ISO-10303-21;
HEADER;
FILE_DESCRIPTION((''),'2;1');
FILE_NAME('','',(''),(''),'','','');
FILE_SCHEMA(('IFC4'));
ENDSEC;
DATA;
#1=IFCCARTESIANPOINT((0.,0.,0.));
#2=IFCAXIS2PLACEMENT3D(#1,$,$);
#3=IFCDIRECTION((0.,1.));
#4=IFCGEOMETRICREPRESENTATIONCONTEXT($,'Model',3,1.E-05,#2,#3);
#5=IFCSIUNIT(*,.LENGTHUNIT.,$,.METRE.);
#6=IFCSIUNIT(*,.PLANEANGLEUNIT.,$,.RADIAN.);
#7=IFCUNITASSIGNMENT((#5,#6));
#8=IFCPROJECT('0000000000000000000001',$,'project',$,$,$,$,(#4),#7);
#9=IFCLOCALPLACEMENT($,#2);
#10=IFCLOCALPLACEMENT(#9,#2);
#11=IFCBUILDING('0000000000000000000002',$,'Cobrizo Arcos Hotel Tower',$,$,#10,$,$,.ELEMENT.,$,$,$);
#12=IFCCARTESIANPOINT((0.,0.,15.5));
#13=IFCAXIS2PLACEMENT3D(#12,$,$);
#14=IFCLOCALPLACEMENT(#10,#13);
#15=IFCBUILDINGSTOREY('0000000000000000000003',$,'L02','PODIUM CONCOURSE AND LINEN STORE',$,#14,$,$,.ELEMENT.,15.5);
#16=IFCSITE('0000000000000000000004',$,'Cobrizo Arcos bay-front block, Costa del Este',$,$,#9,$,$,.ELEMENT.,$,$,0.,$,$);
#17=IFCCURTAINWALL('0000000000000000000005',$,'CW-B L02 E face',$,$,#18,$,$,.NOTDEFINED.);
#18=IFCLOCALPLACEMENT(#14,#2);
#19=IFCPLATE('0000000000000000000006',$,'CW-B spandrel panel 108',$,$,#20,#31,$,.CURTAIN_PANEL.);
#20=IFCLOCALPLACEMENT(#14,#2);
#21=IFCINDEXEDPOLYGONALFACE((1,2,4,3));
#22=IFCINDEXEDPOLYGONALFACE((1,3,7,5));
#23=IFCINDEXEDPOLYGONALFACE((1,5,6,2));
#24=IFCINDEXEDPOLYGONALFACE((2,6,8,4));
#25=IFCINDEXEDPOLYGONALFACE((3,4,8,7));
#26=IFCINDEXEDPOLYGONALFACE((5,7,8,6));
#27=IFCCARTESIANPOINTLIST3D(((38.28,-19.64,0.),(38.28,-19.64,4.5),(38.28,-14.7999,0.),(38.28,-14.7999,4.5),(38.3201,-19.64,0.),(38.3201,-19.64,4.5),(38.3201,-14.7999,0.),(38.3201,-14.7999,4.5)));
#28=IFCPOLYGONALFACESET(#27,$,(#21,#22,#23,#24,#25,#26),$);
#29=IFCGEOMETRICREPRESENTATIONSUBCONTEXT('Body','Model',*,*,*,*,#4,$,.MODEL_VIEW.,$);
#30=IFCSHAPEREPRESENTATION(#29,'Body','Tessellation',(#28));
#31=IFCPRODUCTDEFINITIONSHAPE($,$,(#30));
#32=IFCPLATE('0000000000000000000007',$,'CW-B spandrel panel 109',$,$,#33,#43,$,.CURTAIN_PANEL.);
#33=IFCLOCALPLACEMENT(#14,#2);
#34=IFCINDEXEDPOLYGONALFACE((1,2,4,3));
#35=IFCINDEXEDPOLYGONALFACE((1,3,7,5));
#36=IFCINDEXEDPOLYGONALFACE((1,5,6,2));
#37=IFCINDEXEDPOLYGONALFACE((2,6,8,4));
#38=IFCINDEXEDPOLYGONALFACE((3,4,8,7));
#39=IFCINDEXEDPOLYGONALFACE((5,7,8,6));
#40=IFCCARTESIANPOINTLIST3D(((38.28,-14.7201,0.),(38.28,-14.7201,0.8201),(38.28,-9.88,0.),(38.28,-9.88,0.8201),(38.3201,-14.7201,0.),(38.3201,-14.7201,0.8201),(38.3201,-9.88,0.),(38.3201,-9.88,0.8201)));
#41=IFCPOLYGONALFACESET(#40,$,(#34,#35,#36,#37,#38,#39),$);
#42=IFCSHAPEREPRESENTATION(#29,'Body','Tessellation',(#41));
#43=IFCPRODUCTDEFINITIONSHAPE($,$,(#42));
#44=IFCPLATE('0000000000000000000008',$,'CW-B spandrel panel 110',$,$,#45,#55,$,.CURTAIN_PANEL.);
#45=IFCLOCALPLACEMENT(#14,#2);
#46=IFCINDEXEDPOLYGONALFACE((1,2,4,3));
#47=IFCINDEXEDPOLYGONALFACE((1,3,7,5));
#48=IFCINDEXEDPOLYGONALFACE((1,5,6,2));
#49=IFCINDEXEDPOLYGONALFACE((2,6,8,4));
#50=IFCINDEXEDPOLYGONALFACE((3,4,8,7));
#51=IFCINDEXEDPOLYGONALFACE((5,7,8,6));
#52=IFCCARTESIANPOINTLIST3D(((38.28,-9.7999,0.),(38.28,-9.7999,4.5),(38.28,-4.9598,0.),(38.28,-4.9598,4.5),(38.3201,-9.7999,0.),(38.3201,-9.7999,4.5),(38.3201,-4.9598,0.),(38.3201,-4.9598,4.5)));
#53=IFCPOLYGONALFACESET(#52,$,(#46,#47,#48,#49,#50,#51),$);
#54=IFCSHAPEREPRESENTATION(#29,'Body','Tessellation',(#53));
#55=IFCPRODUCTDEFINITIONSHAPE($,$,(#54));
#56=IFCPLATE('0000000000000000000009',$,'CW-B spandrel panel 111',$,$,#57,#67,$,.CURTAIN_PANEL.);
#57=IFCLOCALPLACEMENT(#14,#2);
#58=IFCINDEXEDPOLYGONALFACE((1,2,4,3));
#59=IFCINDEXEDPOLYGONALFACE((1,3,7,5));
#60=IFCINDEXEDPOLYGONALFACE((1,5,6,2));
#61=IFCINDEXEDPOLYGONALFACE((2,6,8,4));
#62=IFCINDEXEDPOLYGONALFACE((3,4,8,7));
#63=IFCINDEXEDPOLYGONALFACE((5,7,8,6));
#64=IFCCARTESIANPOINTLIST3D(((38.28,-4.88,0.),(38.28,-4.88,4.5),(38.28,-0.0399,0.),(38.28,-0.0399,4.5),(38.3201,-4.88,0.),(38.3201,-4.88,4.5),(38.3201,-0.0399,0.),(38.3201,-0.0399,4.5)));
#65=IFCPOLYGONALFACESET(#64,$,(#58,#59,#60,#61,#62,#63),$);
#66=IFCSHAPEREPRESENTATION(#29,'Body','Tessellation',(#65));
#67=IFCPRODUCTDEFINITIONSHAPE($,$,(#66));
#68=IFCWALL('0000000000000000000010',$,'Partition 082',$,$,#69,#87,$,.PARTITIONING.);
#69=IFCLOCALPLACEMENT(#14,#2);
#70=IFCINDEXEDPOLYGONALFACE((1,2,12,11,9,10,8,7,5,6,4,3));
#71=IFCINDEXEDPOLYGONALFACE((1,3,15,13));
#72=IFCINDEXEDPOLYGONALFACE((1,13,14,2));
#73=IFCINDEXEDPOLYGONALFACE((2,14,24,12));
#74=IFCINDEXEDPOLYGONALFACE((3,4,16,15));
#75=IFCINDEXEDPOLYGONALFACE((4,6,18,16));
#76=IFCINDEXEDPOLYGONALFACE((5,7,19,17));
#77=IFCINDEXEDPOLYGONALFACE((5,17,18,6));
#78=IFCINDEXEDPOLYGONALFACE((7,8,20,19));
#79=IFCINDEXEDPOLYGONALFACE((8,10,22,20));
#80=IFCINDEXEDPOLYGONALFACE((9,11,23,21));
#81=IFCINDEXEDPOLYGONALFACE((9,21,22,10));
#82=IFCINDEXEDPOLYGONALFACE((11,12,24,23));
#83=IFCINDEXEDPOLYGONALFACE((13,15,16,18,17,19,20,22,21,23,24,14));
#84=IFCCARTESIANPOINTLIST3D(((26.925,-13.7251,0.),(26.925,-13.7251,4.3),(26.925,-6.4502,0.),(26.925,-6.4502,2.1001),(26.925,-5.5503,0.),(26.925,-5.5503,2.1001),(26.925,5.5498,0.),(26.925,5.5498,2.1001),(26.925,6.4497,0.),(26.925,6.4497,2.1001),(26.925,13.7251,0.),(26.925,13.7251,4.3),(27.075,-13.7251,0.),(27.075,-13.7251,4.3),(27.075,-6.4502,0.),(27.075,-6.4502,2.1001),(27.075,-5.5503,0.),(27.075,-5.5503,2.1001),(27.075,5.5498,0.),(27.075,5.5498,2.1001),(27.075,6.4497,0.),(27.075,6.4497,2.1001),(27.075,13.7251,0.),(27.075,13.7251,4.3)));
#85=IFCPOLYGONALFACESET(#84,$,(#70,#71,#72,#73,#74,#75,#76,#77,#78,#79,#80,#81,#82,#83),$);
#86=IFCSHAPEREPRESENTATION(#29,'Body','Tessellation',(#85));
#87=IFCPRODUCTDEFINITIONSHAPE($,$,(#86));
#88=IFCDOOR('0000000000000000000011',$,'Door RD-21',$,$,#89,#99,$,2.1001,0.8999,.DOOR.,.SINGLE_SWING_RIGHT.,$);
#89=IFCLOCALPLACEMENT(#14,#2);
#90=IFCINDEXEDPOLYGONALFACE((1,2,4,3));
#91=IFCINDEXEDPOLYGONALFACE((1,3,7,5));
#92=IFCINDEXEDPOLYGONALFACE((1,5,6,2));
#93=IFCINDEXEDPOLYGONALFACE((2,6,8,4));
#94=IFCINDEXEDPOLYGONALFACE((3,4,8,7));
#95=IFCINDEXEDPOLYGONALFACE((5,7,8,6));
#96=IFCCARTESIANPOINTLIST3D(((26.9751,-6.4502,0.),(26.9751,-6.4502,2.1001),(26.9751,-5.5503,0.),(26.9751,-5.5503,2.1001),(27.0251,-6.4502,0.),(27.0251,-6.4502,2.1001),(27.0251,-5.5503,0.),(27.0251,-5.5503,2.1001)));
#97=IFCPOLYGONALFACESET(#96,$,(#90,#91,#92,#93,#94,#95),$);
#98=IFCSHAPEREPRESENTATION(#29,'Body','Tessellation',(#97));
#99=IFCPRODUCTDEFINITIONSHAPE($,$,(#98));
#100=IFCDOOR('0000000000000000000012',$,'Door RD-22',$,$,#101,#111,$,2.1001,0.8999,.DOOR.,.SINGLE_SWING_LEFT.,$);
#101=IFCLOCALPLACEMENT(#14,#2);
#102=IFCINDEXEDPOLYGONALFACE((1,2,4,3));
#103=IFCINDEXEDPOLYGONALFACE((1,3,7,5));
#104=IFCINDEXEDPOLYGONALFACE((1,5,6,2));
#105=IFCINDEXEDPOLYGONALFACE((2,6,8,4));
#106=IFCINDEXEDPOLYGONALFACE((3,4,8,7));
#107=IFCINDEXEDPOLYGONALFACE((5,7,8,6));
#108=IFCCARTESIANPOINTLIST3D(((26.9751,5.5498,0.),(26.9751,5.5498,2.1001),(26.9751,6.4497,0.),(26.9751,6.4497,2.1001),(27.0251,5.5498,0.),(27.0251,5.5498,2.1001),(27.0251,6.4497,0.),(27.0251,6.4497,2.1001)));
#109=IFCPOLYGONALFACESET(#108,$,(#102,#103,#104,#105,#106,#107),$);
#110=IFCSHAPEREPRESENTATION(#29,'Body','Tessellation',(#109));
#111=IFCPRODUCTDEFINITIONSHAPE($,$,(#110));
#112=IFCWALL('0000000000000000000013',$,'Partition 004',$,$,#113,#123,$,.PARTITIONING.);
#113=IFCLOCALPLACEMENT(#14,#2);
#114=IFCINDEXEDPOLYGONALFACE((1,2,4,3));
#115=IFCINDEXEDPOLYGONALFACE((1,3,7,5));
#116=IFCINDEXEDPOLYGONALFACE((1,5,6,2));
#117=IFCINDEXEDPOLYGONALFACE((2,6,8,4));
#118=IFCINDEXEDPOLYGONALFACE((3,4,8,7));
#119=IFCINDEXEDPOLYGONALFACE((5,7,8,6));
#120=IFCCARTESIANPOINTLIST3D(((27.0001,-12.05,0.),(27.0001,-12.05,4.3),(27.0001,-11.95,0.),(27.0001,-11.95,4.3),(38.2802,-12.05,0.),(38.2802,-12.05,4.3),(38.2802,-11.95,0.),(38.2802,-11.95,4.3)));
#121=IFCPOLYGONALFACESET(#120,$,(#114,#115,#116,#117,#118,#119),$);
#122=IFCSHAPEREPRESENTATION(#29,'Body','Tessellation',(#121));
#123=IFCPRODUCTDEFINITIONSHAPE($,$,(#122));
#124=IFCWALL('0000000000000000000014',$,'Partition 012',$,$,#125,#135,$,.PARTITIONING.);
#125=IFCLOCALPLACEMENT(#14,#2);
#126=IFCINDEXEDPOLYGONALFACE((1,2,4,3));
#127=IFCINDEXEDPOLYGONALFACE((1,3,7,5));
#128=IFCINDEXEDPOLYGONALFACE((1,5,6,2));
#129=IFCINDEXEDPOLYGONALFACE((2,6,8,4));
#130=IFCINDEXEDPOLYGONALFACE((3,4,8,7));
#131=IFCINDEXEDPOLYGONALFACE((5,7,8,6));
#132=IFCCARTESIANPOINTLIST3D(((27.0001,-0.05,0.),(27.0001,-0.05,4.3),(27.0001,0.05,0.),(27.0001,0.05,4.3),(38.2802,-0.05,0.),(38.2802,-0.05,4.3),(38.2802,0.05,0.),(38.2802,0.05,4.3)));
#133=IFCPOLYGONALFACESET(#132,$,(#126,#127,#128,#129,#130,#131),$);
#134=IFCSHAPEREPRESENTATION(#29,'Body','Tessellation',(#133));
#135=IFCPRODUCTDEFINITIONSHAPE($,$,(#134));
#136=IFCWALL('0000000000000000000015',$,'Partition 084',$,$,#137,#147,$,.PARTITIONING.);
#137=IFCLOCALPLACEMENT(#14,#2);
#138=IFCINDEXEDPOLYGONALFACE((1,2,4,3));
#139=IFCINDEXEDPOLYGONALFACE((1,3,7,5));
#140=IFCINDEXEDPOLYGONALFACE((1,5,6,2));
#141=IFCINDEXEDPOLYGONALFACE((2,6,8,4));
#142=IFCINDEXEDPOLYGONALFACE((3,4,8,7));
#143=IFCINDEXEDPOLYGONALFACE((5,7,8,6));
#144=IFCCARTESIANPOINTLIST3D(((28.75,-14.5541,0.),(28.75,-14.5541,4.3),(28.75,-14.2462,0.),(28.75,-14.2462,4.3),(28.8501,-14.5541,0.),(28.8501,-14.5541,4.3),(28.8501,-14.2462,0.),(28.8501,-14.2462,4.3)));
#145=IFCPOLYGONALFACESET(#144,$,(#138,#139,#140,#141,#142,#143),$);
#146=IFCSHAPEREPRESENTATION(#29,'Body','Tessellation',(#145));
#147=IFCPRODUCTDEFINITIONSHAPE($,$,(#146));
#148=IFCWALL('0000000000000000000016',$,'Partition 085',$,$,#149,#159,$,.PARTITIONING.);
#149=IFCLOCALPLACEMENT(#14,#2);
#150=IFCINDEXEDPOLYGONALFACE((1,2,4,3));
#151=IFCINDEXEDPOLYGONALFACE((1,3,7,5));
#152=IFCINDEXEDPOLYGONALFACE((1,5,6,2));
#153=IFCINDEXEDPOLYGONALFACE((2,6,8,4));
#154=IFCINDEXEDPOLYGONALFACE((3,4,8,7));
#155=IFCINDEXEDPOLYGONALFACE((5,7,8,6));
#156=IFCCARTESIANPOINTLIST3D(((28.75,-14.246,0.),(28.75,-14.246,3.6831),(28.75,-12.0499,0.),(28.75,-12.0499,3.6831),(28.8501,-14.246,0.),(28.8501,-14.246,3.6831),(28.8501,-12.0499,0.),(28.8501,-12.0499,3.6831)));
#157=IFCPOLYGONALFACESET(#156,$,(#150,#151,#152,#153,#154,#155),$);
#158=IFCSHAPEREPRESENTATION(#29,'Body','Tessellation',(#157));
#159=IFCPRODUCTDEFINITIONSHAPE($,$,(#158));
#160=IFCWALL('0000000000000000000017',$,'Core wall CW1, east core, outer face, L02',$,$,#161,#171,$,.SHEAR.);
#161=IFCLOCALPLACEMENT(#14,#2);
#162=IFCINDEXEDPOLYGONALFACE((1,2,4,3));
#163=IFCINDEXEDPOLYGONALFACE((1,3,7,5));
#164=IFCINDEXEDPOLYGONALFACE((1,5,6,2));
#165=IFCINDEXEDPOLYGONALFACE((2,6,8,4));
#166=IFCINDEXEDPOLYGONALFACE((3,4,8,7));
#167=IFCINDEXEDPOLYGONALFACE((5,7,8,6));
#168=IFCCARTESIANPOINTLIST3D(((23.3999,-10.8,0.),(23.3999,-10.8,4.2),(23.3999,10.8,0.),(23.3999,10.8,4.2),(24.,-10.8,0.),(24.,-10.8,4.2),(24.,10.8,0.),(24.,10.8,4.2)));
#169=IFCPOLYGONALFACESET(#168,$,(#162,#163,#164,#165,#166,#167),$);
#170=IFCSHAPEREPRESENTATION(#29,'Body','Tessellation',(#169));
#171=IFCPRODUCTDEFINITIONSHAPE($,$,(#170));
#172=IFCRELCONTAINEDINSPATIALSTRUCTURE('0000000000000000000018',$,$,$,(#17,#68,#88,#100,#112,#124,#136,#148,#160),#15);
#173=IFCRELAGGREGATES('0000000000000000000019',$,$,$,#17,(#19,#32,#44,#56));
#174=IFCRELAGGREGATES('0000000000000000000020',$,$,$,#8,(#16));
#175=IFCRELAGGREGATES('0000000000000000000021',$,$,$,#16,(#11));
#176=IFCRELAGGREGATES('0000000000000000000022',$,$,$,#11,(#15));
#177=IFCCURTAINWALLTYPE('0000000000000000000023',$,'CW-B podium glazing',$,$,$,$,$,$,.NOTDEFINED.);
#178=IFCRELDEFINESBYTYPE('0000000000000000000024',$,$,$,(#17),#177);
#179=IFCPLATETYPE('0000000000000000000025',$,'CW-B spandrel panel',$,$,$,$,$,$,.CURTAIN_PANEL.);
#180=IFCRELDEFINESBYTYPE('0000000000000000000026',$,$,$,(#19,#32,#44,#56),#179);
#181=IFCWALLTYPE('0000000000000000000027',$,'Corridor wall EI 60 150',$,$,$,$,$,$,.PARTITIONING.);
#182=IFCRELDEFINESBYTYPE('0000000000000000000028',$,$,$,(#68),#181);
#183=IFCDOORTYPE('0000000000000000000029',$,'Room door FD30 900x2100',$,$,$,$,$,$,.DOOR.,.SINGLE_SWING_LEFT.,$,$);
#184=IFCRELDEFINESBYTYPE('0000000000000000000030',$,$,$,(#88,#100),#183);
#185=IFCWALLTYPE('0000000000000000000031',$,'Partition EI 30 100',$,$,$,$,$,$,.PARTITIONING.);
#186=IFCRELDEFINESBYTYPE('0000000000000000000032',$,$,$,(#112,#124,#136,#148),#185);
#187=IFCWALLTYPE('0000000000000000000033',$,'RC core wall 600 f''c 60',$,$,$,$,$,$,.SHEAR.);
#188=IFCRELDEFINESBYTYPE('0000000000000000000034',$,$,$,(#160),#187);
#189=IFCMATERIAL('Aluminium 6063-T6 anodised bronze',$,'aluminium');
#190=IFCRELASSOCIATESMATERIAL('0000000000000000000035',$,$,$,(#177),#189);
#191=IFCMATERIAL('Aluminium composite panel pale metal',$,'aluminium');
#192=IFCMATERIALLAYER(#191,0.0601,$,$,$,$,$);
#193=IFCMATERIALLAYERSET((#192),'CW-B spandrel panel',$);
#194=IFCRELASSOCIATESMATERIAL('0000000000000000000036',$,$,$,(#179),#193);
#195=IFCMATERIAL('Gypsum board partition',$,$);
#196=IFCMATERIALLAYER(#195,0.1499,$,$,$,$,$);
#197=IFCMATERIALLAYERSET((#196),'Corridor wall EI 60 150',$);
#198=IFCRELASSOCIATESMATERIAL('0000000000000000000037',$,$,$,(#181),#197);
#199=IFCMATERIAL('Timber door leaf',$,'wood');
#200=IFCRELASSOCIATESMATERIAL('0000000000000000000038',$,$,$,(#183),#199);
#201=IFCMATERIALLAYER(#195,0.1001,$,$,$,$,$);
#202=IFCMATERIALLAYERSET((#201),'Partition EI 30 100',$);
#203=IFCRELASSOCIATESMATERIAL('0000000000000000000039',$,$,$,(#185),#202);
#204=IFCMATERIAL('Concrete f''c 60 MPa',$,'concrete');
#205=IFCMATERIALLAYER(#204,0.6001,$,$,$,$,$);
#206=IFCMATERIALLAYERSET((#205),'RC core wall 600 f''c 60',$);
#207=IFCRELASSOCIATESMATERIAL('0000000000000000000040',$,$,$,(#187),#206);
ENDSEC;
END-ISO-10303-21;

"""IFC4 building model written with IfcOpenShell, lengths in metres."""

from ifc_helpers import new_model, si_unit, direction, frame, frame_2d, origin, origin_2d, place, context, subcontext, project, spatial, rectangle, extrude, material, layer, layer_set, type_object, element, fill, aggregate, save


model = new_model("IFC4")

# Units and contexts
model_context = context("Model", 3, precision=1e-05, world=origin(), true_north=direction((0.0, 1.0)))
body_context = subcontext(model_context, "Body", "Model", "MODEL_VIEW")
ifc_project = project(units=[si_unit("LENGTHUNIT", "METRE"), si_unit("PLANEANGLEUNIT", "RADIAN")], contexts=[model_context])

# Site, building, storey
site_placement = place(None, origin())
site = spatial("IfcSite", under=ifc_project, at=site_placement, Name="Cobrizo Arcos bay-front block, Costa del Este", CompositionType="ELEMENT", RefElevation=0.0)
building_placement = place(site_placement, origin())
building = spatial("IfcBuilding", under=site, at=building_placement, Name="Cobrizo Arcos Hotel Tower", CompositionType="ELEMENT")
storey_placement = place(building_placement, frame((0.0, 0.0, 15.5)))
storey = spatial("IfcBuildingStorey", under=building, at=storey_placement, Name="L02", Description="PODIUM CONCOURSE AND LINEN STORE", CompositionType="ELEMENT", Elevation=15.5)

# Curtain wall
ifc_material_1 = material(Name="Aluminium 6063-T6 anodised bronze", Category="aluminium")
curtain_wall_type = type_object("IfcCurtainWallType", Name="CW-B podium glazing", PredefinedType="NOTDEFINED", material=ifc_material_1)
curtain_wall_placement = place(storey_placement, origin())
curtain_wall = element("IfcCurtainWall", 1, at=curtain_wall_placement, inside=storey, type_object=curtain_wall_type, Name="CW-B L02 E face", PredefinedType="NOTDEFINED")

# Plates
ifc_material_2 = material(Name="Aluminium composite panel pale metal", Category="aluminium")
ifc_layer_1 = layer(ifc_material_2, 0.0601)
ifc_layer_set_1 = layer_set([ifc_layer_1], Name="CW-B spandrel panel")
plate_type_1 = type_object("IfcPlateType", Name="CW-B spandrel panel", PredefinedType="CURTAIN_PANEL", material=ifc_layer_set_1)
plate_1_placement = place(storey_placement, frame((38.3, -17.22, 0.0), z_axis=(0.0, 0.0, 1.0), x_axis=(0.0, 1.0, 0.0)))
plate_1 = element("IfcPlate", 2, at=plate_1_placement, type_object=plate_type_1, Name="CW-B spandrel panel 108", PredefinedType="CURTAIN_PANEL", context=body_context, shape_type="SweptSolid", body=[
    extrude(rectangle(XDim=4.8401, YDim=0.04, at=origin_2d()), origin(), (0.0, 0.0, 1.0), 4.5),
])
plate_2_placement = place(storey_placement, frame((38.3, -12.3, 0.0), z_axis=(0.0, 0.0, 1.0), x_axis=(0.0, 1.0, 0.0)))
plate_2 = element("IfcPlate", 3, at=plate_2_placement, type_object=plate_type_1, Name="CW-B spandrel panel 109", PredefinedType="CURTAIN_PANEL", context=body_context, shape_type="SweptSolid", body=[
    extrude(rectangle(XDim=4.8401, YDim=0.04, at=origin_2d()), origin(), (0.0, 0.0, 1.0), 0.8201),
])
plate_3_placement = place(storey_placement, frame((38.3, -7.3799, 0.0), z_axis=(0.0, 0.0, 1.0), x_axis=(0.0, 1.0, 0.0)))
plate_3 = element("IfcPlate", 4, at=plate_3_placement, type_object=plate_type_1, Name="CW-B spandrel panel 110", PredefinedType="CURTAIN_PANEL", context=body_context, shape_type="SweptSolid", body=[
    extrude(rectangle(XDim=4.8401, YDim=0.04, at=origin_2d()), origin(), (0.0, 0.0, 1.0), 4.5),
])
plate_4_placement = place(storey_placement, frame((38.3, -2.46, 0.0), z_axis=(0.0, 0.0, 1.0), x_axis=(0.0, 1.0, 0.0)))
plate_4 = element("IfcPlate", 5, at=plate_4_placement, type_object=plate_type_1, Name="CW-B spandrel panel 111", PredefinedType="CURTAIN_PANEL", context=body_context, shape_type="SweptSolid", body=[
    extrude(rectangle(XDim=4.8401, YDim=0.04, at=origin_2d()), origin(), (0.0, 0.0, 1.0), 4.5),
])
aggregate(curtain_wall, [plate_1, plate_2, plate_3, plate_4])

# Wall, openings, doors
ifc_material_3 = material(Name="Gypsum board partition")
ifc_layer_2 = layer(ifc_material_3, 0.1499)
ifc_layer_set_2 = layer_set([ifc_layer_2], Name="Corridor wall EI 60 150")
wall_type_1 = type_object("IfcWallType", Name="Corridor wall EI 60 150", PredefinedType="PARTITIONING", material=ifc_layer_set_2)
wall_1_placement = place(storey_placement, frame((27.0, -13.7251, 0.0), z_axis=(0.0, 0.0, 1.0), x_axis=(0.0, 1.0, 0.0)))
wall_1 = element("IfcWall", 6, at=wall_1_placement, inside=storey, type_object=wall_type_1, Name="Partition 082", PredefinedType="PARTITIONING", context=body_context, shape_type="SweptSolid", body=[
    extrude(rectangle(XDim=27.4502, YDim=0.1499, at=frame_2d((13.7251, 0.0))), origin(), (0.0, 0.0, 1.0), 4.3),
])
opening_1_placement = place(wall_1_placement, frame((7.2749, 0.0, 0.0)))
opening_1 = element("IfcOpeningElement", 7, at=opening_1_placement, cuts=wall_1, PredefinedType="OPENING", context=body_context, shape_type="SweptSolid", body=[
    extrude(rectangle(XDim=0.8999, YDim=2.1001, at=frame_2d((0.45, 1.05))), frame((0.0, 0.0869, 0.0), z_axis=(0.0, -1.0, 0.0), x_axis=(1.0, 0.0, 0.0)), (0.0, 0.0, 1.0), 0.1738),
])
opening_2_placement = place(wall_1_placement, frame((19.2749, 0.0, 0.0)))
opening_2 = element("IfcOpeningElement", 8, at=opening_2_placement, cuts=wall_1, PredefinedType="OPENING", context=body_context, shape_type="SweptSolid", body=[
    extrude(rectangle(XDim=0.8999, YDim=2.1001, at=frame_2d((0.45, 1.05))), frame((0.0, 0.0869, 0.0), z_axis=(0.0, -1.0, 0.0), x_axis=(1.0, 0.0, 0.0)), (0.0, 0.0, 1.0), 0.1738),
])
ifc_material_4 = material(Name="Timber door leaf", Category="wood")
door_type = type_object("IfcDoorType", Name="Room door FD30 900x2100", OperationType="SINGLE_SWING_LEFT", PredefinedType="DOOR", material=ifc_material_4)
door_1_placement = place(opening_1_placement, origin())
door_1 = element("IfcDoor", 9, at=door_1_placement, inside=storey, type_object=door_type, Name="Door RD-21", OperationType="SINGLE_SWING_RIGHT", OverallHeight=2.1001, OverallWidth=0.8999, PredefinedType="DOOR", context=body_context, shape_type="SweptSolid", body=[
    extrude(rectangle(XDim=0.8999, YDim=2.1001, at=frame_2d((0.45, 1.05))), frame((0.0, 0.0249, 0.0), z_axis=(0.0, -1.0, 0.0), x_axis=(1.0, 0.0, 0.0)), (0.0, 0.0, 1.0), 0.05),
])
fill(opening_1, door_1)
door_2_placement = place(opening_2_placement, origin())
door_2 = element("IfcDoor", 10, at=door_2_placement, inside=storey, type_object=door_type, Name="Door RD-22", OperationType="SINGLE_SWING_LEFT", OverallHeight=2.1001, OverallWidth=0.8999, PredefinedType="DOOR", context=body_context, shape_type="SweptSolid", body=[
    extrude(rectangle(XDim=0.8999, YDim=2.1001, at=frame_2d((0.45, 1.05))), frame((0.0, 0.0249, 0.0), z_axis=(0.0, -1.0, 0.0), x_axis=(1.0, 0.0, 0.0)), (0.0, 0.0, 1.0), 0.05),
])
fill(opening_2, door_2)

# Walls
ifc_layer_3 = layer(ifc_material_3, 0.1001)
ifc_layer_set_3 = layer_set([ifc_layer_3], Name="Partition EI 30 100")
wall_type_2 = type_object("IfcWallType", Name="Partition EI 30 100", PredefinedType="PARTITIONING", material=ifc_layer_set_3)
for number, where, z_axis, x_axis, name in (
    (11, (27.0, -12.0, 0.0), (0.0, 0.0, 1.0), (1.0, 0.0, 0.0), "Partition 004"),
    (12, (27.0, 0.0, 0.0), (0.0, 0.0, 1.0), (1.0, 0.0, 0.0), "Partition 012"),
):
    element("IfcWall", number, at=place(storey_placement, frame(where, z_axis=z_axis, x_axis=x_axis)), inside=storey, type_object=wall_type_2, Name=name, PredefinedType="PARTITIONING", context=body_context, shape_type="SweptSolid", body=[
        extrude(rectangle(XDim=11.28, YDim=0.1001, at=frame_2d((5.6401, 0.0))), origin(), (0.0, 0.0, 1.0), 4.3),
    ])
wall_2_placement = place(storey_placement, frame((28.8, -14.554, 0.0), z_axis=(0.0, 0.0, 1.0), x_axis=(0.0, 1.0, 0.0)))
element("IfcWall", 13, at=wall_2_placement, inside=storey, type_object=wall_type_2, Name="Partition 084", PredefinedType="PARTITIONING", context=body_context, shape_type="SweptSolid", body=[
    extrude(rectangle(XDim=0.3079, YDim=0.1001, at=frame_2d((0.1538, 0.0))), origin(), (0.0, 0.0, 1.0), 4.3),
])
wall_3_placement = place(storey_placement, frame((28.8, -14.2461, 0.0), z_axis=(0.0, 0.0, 1.0), x_axis=(0.0, 1.0, 0.0)))
element("IfcWall", 14, at=wall_3_placement, inside=storey, type_object=wall_type_2, Name="Partition 085", PredefinedType="PARTITIONING", context=body_context, shape_type="SweptSolid", body=[
    extrude(rectangle(XDim=2.196, YDim=0.1001, at=frame_2d((1.0981, 0.0))), origin(), (0.0, 0.0, 1.0), 3.6831),
])
ifc_material_5 = material(Name="Concrete f'c 60 MPa", Category="concrete")
ifc_layer_4 = layer(ifc_material_5, 0.6001)
ifc_layer_set_4 = layer_set([ifc_layer_4], Name="RC core wall 600 f'c 60")
wall_type_3 = type_object("IfcWallType", Name="RC core wall 600 f'c 60", PredefinedType="SHEAR", material=ifc_layer_set_4)
wall_4_placement = place(storey_placement, frame((23.7, -10.8, 0.0), z_axis=(0.0, 0.0, 1.0), x_axis=(0.0, 1.0, 0.0)))
element("IfcWall", 15, at=wall_4_placement, inside=storey, type_object=wall_type_3, Name="Core wall CW1, east core, outer face, L02", PredefinedType="SHEAR", context=body_context, shape_type="SweptSolid", body=[
    extrude(rectangle(XDim=21.6001, YDim=0.6001, at=frame_2d((10.8, 0.0))), origin(), (0.0, 0.0, 1.0), 4.2),
])

save(model, "model.ifc")
